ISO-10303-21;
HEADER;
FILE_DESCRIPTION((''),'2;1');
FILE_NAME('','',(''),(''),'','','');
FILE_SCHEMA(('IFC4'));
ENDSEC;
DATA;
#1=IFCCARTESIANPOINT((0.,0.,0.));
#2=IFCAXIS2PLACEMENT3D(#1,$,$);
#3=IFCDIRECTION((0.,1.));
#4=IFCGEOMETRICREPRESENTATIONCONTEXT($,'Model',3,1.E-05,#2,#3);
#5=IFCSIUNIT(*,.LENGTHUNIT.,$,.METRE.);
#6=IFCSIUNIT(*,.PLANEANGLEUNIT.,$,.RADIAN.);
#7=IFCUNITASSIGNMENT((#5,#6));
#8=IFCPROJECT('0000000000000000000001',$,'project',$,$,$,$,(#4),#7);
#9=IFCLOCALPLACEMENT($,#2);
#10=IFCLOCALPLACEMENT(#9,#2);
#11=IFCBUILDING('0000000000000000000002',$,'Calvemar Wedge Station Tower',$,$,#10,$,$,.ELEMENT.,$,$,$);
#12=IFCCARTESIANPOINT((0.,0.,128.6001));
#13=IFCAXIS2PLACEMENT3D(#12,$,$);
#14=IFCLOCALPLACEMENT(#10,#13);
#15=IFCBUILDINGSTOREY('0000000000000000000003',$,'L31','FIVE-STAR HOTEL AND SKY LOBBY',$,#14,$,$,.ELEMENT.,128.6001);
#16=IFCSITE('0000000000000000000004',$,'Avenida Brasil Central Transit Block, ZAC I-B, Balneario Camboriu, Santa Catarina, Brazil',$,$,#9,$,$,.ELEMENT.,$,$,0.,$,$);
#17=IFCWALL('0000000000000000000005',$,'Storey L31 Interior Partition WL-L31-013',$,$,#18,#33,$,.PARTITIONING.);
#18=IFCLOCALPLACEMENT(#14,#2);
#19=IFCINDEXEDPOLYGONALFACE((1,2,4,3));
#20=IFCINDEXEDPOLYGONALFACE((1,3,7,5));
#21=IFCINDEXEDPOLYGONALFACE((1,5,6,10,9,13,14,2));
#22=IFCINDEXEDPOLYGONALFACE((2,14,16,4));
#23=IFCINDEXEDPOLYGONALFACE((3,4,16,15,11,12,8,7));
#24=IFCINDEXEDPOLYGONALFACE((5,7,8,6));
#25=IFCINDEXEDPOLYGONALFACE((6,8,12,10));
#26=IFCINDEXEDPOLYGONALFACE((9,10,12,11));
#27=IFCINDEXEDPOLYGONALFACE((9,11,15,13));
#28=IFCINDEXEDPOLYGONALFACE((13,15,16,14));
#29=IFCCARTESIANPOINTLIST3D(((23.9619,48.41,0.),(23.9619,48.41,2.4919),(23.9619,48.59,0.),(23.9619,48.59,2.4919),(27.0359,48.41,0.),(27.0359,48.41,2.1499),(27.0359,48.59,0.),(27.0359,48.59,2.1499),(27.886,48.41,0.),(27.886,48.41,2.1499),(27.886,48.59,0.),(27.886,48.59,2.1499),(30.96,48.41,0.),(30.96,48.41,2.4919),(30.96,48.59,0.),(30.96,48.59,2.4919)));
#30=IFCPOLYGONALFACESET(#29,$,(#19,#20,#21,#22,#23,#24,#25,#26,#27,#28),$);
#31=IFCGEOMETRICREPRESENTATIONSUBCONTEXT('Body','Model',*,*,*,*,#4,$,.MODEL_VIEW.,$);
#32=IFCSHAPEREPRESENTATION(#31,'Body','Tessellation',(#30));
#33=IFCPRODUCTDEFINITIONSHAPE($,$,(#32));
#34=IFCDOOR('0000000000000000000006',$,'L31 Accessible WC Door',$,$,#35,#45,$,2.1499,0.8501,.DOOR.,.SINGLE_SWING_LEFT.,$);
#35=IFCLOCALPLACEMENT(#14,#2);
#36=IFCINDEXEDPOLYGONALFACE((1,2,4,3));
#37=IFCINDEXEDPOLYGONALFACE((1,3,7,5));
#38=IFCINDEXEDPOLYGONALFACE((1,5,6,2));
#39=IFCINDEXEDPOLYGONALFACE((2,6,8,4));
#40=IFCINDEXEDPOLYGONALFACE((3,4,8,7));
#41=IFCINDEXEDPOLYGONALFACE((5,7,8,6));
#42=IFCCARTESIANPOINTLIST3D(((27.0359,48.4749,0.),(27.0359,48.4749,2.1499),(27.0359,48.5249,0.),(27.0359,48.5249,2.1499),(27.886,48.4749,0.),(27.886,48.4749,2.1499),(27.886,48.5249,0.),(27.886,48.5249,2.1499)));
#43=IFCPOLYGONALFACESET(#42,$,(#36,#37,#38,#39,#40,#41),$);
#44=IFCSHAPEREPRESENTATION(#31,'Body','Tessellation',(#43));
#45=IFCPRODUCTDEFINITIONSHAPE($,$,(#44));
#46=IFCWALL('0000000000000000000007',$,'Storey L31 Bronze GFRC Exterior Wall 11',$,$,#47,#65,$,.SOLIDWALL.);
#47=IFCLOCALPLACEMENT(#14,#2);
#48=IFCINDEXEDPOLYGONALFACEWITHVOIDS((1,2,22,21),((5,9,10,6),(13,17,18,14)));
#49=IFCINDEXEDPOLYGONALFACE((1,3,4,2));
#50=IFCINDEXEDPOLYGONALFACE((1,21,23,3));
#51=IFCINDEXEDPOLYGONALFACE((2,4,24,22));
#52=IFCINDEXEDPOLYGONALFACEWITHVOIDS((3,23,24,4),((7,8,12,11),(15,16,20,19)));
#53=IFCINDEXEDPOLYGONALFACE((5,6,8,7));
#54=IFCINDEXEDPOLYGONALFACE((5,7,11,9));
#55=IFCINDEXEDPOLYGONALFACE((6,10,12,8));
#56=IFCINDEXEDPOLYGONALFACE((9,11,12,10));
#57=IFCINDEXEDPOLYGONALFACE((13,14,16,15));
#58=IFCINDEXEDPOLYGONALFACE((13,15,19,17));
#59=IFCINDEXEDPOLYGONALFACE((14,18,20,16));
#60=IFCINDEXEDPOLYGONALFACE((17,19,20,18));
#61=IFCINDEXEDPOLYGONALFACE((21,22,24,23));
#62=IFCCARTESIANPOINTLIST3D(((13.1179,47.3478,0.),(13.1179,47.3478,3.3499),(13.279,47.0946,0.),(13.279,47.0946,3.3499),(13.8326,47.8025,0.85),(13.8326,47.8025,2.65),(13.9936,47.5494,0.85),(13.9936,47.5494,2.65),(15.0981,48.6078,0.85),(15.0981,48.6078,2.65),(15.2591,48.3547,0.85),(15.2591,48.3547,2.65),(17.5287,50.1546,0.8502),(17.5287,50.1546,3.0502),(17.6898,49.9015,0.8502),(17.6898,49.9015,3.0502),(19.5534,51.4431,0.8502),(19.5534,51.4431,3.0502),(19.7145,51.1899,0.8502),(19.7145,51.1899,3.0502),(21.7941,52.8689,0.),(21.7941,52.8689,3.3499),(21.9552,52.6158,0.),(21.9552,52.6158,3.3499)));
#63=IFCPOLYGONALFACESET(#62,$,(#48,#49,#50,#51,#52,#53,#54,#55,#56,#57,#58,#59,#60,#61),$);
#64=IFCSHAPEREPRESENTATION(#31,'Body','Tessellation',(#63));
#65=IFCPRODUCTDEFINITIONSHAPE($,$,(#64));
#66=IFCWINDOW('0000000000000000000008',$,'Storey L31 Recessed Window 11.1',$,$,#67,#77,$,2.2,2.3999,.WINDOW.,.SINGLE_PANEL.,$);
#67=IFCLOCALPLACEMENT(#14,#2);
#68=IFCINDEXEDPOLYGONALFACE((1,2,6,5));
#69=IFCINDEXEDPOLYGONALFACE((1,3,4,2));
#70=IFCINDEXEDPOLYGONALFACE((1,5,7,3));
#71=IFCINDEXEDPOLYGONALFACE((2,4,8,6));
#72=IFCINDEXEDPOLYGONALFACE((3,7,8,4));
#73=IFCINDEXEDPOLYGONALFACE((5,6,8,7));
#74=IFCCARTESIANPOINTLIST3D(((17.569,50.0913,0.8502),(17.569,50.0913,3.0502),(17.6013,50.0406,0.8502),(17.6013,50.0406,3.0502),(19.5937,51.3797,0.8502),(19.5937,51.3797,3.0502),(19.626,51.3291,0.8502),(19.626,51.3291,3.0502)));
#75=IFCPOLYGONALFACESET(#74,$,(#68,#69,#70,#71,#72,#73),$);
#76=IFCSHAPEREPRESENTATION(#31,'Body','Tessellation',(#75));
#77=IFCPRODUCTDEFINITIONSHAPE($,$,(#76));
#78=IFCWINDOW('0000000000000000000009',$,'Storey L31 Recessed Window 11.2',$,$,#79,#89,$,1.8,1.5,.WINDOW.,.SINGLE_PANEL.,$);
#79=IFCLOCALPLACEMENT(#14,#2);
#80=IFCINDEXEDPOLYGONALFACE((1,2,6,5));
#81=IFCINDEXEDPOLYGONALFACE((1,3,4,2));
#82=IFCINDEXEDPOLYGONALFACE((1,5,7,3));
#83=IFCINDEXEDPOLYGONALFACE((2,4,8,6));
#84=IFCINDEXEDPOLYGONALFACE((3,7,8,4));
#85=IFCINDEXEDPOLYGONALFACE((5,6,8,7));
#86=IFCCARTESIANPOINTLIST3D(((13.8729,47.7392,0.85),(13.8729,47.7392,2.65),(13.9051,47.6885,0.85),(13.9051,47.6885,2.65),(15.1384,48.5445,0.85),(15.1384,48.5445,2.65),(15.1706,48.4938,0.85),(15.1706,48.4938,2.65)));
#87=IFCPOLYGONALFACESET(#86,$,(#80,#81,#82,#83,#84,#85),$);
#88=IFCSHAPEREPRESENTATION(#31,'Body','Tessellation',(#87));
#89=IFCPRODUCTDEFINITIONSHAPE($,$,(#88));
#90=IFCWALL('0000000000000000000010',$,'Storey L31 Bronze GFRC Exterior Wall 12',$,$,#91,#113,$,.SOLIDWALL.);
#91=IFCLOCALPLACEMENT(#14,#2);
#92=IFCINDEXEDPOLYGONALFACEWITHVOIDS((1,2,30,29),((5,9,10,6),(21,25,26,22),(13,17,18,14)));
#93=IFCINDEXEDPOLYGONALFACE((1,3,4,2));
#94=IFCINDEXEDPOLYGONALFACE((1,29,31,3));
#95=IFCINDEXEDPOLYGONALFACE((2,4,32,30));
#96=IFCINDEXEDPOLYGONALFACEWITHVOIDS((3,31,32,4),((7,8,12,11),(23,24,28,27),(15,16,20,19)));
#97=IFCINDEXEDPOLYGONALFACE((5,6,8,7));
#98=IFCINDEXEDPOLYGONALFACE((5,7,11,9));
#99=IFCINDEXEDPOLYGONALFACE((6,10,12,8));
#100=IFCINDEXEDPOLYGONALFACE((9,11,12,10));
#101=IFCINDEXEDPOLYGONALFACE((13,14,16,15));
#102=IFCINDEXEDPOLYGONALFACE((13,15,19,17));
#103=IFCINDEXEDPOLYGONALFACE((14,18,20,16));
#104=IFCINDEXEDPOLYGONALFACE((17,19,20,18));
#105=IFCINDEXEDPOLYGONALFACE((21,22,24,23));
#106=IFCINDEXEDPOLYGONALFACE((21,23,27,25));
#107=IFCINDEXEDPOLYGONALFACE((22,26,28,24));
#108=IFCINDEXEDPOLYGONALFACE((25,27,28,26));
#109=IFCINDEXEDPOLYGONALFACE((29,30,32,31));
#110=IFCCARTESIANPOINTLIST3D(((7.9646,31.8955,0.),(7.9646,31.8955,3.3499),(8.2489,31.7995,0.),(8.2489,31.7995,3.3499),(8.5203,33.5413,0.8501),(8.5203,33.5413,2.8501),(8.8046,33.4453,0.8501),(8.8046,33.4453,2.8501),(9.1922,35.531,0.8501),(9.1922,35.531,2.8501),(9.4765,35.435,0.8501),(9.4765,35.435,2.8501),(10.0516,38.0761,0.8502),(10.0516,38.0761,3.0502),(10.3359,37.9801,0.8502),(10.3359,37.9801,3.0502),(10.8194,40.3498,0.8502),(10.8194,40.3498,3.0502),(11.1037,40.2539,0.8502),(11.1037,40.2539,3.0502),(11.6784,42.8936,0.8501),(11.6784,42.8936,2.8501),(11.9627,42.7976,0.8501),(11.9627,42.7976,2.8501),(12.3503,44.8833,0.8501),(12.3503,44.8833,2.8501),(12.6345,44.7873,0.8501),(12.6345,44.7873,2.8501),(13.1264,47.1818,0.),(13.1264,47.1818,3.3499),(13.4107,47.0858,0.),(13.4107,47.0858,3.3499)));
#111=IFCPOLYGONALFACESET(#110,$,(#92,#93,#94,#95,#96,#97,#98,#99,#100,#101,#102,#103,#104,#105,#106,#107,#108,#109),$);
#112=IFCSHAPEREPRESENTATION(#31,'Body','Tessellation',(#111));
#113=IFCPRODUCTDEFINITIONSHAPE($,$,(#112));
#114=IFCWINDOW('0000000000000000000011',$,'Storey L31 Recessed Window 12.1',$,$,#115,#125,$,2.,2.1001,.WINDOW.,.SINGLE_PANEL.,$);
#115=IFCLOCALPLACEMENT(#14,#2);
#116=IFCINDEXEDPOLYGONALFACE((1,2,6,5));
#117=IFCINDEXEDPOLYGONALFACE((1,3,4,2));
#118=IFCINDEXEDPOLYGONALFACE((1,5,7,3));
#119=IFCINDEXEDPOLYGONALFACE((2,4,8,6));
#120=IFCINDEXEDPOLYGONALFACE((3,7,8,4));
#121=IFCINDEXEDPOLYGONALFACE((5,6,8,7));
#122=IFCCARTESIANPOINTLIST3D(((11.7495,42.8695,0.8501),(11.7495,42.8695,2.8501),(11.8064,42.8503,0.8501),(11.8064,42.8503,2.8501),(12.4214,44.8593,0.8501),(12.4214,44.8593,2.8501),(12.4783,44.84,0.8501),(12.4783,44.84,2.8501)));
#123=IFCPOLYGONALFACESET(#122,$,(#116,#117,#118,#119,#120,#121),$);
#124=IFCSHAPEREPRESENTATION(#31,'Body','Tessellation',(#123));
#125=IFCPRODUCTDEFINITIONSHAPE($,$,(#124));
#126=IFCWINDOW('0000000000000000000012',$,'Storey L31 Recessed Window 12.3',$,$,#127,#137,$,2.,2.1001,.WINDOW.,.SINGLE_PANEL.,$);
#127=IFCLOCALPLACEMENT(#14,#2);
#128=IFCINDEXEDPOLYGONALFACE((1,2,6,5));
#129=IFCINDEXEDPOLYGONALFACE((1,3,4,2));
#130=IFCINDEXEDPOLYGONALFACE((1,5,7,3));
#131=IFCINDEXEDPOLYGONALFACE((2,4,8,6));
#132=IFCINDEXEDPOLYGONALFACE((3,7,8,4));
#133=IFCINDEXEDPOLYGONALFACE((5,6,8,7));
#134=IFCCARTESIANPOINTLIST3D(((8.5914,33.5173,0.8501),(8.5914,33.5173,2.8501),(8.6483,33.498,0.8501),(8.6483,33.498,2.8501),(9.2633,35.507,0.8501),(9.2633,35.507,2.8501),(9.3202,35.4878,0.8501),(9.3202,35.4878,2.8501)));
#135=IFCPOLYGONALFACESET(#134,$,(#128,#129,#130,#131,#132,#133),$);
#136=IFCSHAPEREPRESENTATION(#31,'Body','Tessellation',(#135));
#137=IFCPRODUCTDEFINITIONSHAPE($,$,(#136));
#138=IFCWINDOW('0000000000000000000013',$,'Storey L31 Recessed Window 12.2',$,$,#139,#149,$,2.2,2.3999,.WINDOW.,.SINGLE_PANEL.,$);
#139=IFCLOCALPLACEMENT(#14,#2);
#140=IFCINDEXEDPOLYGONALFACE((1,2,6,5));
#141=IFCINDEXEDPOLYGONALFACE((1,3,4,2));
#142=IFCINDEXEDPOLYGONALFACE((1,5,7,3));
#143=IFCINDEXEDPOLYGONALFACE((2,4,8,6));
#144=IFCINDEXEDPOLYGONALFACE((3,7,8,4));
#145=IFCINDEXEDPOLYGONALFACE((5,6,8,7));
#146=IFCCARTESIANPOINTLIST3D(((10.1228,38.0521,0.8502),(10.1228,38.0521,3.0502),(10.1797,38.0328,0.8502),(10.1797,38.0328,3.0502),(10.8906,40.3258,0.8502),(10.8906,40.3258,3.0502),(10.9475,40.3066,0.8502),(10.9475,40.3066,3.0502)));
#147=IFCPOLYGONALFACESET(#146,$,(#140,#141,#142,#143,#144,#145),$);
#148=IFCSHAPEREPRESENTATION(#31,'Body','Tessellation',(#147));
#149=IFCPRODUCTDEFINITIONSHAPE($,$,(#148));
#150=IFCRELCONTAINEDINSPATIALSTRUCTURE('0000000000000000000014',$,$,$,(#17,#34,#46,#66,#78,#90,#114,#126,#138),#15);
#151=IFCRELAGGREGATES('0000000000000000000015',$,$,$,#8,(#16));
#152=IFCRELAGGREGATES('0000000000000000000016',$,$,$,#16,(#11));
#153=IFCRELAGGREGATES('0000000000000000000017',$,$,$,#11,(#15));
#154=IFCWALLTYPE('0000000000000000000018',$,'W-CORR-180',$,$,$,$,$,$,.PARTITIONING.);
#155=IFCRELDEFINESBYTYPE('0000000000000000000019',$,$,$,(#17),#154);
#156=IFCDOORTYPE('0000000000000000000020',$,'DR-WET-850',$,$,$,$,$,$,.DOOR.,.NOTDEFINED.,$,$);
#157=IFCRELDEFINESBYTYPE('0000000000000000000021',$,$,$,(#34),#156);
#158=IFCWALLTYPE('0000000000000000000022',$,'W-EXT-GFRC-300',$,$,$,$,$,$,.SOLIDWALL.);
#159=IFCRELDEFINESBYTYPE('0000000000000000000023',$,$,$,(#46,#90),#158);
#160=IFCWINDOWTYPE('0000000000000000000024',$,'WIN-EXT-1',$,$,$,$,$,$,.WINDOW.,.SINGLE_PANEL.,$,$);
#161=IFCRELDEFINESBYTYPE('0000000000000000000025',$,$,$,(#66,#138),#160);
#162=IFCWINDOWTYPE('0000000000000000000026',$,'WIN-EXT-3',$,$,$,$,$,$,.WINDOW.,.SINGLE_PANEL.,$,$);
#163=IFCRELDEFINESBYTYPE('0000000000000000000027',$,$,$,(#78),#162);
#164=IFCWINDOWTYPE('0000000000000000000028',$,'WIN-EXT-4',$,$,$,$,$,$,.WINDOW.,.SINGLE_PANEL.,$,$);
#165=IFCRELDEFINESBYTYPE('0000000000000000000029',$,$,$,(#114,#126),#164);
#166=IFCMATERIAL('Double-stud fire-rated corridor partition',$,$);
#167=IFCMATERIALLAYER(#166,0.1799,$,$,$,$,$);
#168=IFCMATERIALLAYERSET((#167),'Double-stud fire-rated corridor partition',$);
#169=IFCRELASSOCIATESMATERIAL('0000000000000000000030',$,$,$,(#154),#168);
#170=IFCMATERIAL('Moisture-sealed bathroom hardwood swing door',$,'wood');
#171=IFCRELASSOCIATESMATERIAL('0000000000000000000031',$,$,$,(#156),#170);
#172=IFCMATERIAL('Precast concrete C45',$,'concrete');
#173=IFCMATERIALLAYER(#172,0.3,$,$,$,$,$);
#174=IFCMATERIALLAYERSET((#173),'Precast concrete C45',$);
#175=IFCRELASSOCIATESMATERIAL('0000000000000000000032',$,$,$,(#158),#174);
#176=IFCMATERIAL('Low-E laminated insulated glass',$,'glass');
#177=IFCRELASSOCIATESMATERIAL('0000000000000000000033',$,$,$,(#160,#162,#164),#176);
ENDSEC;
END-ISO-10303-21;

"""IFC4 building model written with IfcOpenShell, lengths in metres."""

from ifc_helpers import new_model, si_unit, direction, frame, frame_2d, origin, place, context, subcontext, project, spatial, rectangle, extrude, source, transform, mapped, material, layer, layer_set, type_object, element, fill, save


model = new_model("IFC4")

# Units and contexts
model_context = context("Model", 3, precision=1e-05, world=origin(), true_north=direction((0.0, 1.0)))
body_context = subcontext(model_context, "Body", "Model", "MODEL_VIEW")
ifc_project = project(units=[si_unit("LENGTHUNIT", "METRE"), si_unit("PLANEANGLEUNIT", "RADIAN")], contexts=[model_context])

# Site, building, storey
site_placement = place(None, origin())
site = spatial("IfcSite", under=ifc_project, at=site_placement, Name="Avenida Brasil Central Transit Block, ZAC I-B, Balneario Camboriu, Santa Catarina, Brazil", CompositionType="ELEMENT", RefElevation=0.0)
building_placement = place(site_placement, origin())
building = spatial("IfcBuilding", under=site, at=building_placement, Name="Calvemar Wedge Station Tower", CompositionType="ELEMENT")
storey_placement = place(building_placement, frame((0.0, 0.0, 128.6001)))
storey = spatial("IfcBuildingStorey", under=building, at=storey_placement, Name="L31", Description="FIVE-STAR HOTEL AND SKY LOBBY", CompositionType="ELEMENT", Elevation=128.6001)

# Shared definitions
ifc_material_1 = material(Name="Double-stud fire-rated corridor partition")
ifc_layer_1 = layer(ifc_material_1, 0.1799)
ifc_layer_set_1 = layer_set([ifc_layer_1], Name="Double-stud fire-rated corridor partition")
wall_type_1 = type_object("IfcWallType", Name="W-CORR-180", PredefinedType="PARTITIONING", material=ifc_layer_set_1)

# Wall, opening, door
wall_1_placement = place(storey_placement, frame((23.9619, 48.5, 0.0), z_axis=(0.0, 0.0, 1.0), x_axis=(1.0, 0.0, 0.0)))
wall_1 = element("IfcWall", 1, at=wall_1_placement, inside=storey, type_object=wall_type_1, Name="Storey L31 Interior Partition WL-L31-013", PredefinedType="PARTITIONING", context=body_context, shape_type="SweptSolid", body=[
    extrude(rectangle(XDim=6.998, YDim=0.1799, at=frame_2d((3.499, 0.0))), origin(), (0.0, 0.0, 1.0), 2.4919),
])
shared_shape_1 = source(origin(), body_context, "Body", "SweptSolid", [
    extrude(rectangle(XDim=0.8501, YDim=2.1499, at=frame_2d((0.425, 1.075))), frame((0.0, 0.1001, 0.0), z_axis=(0.0, -1.0, 0.0), x_axis=(1.0, 0.0, 0.0)), (0.0, 0.0, 1.0), 0.2),
])
opening_1_placement = place(wall_1_placement, frame((3.074, 0.0, 0.0)))
opening_1 = element("IfcOpeningElement", 2, at=opening_1_placement, cuts=wall_1, PredefinedType="OPENING", context=body_context, shape_type="MappedRepresentation", body=[
    mapped(shared_shape_1, transform((0.0, 0.0, 0.0), scale=1.0)),
])
ifc_material_2 = material(Name="Moisture-sealed bathroom hardwood swing door", Category="wood")
door_type_1 = type_object("IfcDoorType", Name="DR-WET-850", OperationType="NOTDEFINED", PredefinedType="DOOR", material=ifc_material_2)
shared_shape_2 = source(origin(), body_context, "Body", "SweptSolid", [
    extrude(rectangle(XDim=0.8501, YDim=2.1499, at=frame_2d((0.425, 1.075))), frame((0.0, 0.0249, 0.0), z_axis=(0.0, -1.0, 0.0), x_axis=(1.0, 0.0, 0.0)), (0.0, 0.0, 1.0), 0.05),
])
door_1_placement = place(opening_1_placement, origin())
door_1 = element("IfcDoor", 3, at=door_1_placement, inside=storey, type_object=door_type_1, Name="L31 Accessible WC Door", OperationType="SINGLE_SWING_LEFT", OverallHeight=2.1499, OverallWidth=0.8501, PredefinedType="DOOR", context=body_context, shape_type="MappedRepresentation", body=[
    mapped(shared_shape_2, transform((0.0, 0.0, 0.0), scale=1.0)),
])
fill(opening_1, door_1)

# Walls, openings, windows
ifc_material_3 = material(Name="Precast concrete C45", Category="concrete")
ifc_layer_2 = layer(ifc_material_3, 0.3)
ifc_layer_set_2 = layer_set([ifc_layer_2], Name="Precast concrete C45")
wall_type_2 = type_object("IfcWallType", Name="W-EXT-GFRC-300", PredefinedType="SOLIDWALL", material=ifc_layer_set_2)
wall_2_placement = place(storey_placement, frame((21.8748, 52.7424, 0.0), z_axis=(0.0, 0.0, 1.0), x_axis=(-0.843662, -0.536874, 0.0)))
wall_2 = element("IfcWall", 4, at=wall_2_placement, inside=storey, type_object=wall_type_2, Name="Storey L31 Bronze GFRC Exterior Wall 11", PredefinedType="SOLIDWALL", context=body_context, shape_type="SweptSolid", body=[
    extrude(rectangle(XDim=10.2839, YDim=0.3, at=frame_2d((5.1421, 0.0))), origin(), (0.0, 0.0, 1.0), 3.3499),
])
shared_shape_3 = source(origin(), body_context, "Body", "SweptSolid", [
    extrude(rectangle(XDim=2.3999, YDim=2.2, at=frame_2d((1.2, 1.1001))), frame((0.0, 0.1602, 0.0), z_axis=(0.0, -1.0, 0.0), x_axis=(1.0, 0.0, 0.0)), (0.0, 0.0, 1.0), 0.3201),
])
opening_2_placement = place(wall_2_placement, frame((2.656, 0.0, 0.8501)))
opening_2 = element("IfcOpeningElement", 5, at=opening_2_placement, cuts=wall_2, PredefinedType="OPENING", context=body_context, shape_type="MappedRepresentation", body=[
    mapped(shared_shape_3, transform((0.0, 0.0, 0.0), scale=1.0)),
])
shared_shape_4 = source(origin(), body_context, "Body", "SweptSolid", [
    extrude(rectangle(XDim=1.5, YDim=1.8, at=frame_2d((0.75, 0.8999))), frame((0.0, 0.1602, 0.0), z_axis=(0.0, -1.0, 0.0), x_axis=(1.0, 0.0, 0.0)), (0.0, 0.0, 1.0), 0.3201),
])
opening_3_placement = place(wall_2_placement, frame((7.937, 0.0, 0.8501)))
opening_3 = element("IfcOpeningElement", 6, at=opening_3_placement, cuts=wall_2, PredefinedType="OPENING", context=body_context, shape_type="MappedRepresentation", body=[
    mapped(shared_shape_4, transform((0.0, 0.0, 0.0), scale=1.0)),
])
ifc_material_4 = material(Name="Low-E laminated insulated glass", Category="glass")
window_type_1 = type_object("IfcWindowType", Name="WIN-EXT-1", PartitioningType="SINGLE_PANEL", PredefinedType="WINDOW", material=ifc_material_4)
shared_shape_5 = source(origin(), body_context, "Body", "SweptSolid", [
    extrude(rectangle(XDim=2.3999, YDim=2.2, at=frame_2d((1.2, 1.1001))), frame((0.0, -0.0149, 0.0), z_axis=(0.0, -1.0, 0.0), x_axis=(1.0, 0.0, 0.0)), (0.0, 0.0, 1.0), 0.0601),
])
window_1_placement = place(opening_2_placement, origin())
window_1 = element("IfcWindow", 7, at=window_1_placement, inside=storey, type_object=window_type_1, Name="Storey L31 Recessed Window 11.1", OverallHeight=2.2, OverallWidth=2.3999, PartitioningType="SINGLE_PANEL", PredefinedType="WINDOW", context=body_context, shape_type="MappedRepresentation", body=[
    mapped(shared_shape_5, transform((0.0, 0.0, 0.0), scale=1.0)),
])
fill(opening_2, window_1)
window_type_2 = type_object("IfcWindowType", Name="WIN-EXT-3", PartitioningType="SINGLE_PANEL", PredefinedType="WINDOW", material=ifc_material_4)
shared_shape_6 = source(origin(), body_context, "Body", "SweptSolid", [
    extrude(rectangle(XDim=1.5, YDim=1.8, at=frame_2d((0.75, 0.8999))), frame((0.0, -0.0149, 0.0), z_axis=(0.0, -1.0, 0.0), x_axis=(1.0, 0.0, 0.0)), (0.0, 0.0, 1.0), 0.0601),
])
window_2_placement = place(opening_3_placement, origin())
window_2 = element("IfcWindow", 8, at=window_2_placement, inside=storey, type_object=window_type_2, Name="Storey L31 Recessed Window 11.2", OverallHeight=1.8, OverallWidth=1.5, PartitioningType="SINGLE_PANEL", PredefinedType="WINDOW", context=body_context, shape_type="MappedRepresentation", body=[
    mapped(shared_shape_6, transform((0.0, 0.0, 0.0), scale=1.0)),
])
fill(opening_3, window_2)
wall_3_placement = place(storey_placement, frame((13.2686, 47.1338, 0.0), z_axis=(0.0, 0.0, 1.0), x_axis=(-0.31993, -0.947441, 0.0)))
wall_3 = element("IfcWall", 9, at=wall_3_placement, inside=storey, type_object=wall_type_2, Name="Storey L31 Bronze GFRC Exterior Wall 12", PredefinedType="SOLIDWALL", context=body_context, shape_type="SweptSolid", body=[
    extrude(rectangle(XDim=16.1343, YDim=0.3, at=frame_2d((8.0671, 0.0))), origin(), (0.0, 0.0, 1.0), 3.3499),
])
shared_shape_7 = source(origin(), body_context, "Body", "SweptSolid", [
    extrude(rectangle(XDim=2.1001, YDim=2.0, at=frame_2d((1.05, 1.0))), frame((0.0, 0.1602, 0.0), z_axis=(0.0, -1.0, 0.0), x_axis=(1.0, 0.0, 0.0)), (0.0, 0.0, 1.0), 0.3201),
])
opening_4_placement = place(wall_3_placement, frame((2.426, 0.0, 0.8501)))
opening_4 = element("IfcOpeningElement", 10, at=opening_4_placement, cuts=wall_3, PredefinedType="OPENING", context=body_context, shape_type="MappedRepresentation", body=[
    mapped(shared_shape_7, transform((0.0, 0.0, 0.0), scale=1.0)),
])
opening_5_placement = place(wall_3_placement, frame((7.2109, 0.0, 0.8501)))
opening_5 = element("IfcOpeningElement", 11, at=opening_5_placement, cuts=wall_3, PredefinedType="OPENING", context=body_context, shape_type="MappedRepresentation", body=[
    mapped(shared_shape_3, transform((0.0, 0.0, 0.0), scale=1.0)),
])
opening_6_placement = place(wall_3_placement, frame((12.2971, 0.0, 0.8501)))
opening_6 = element("IfcOpeningElement", 12, at=opening_6_placement, cuts=wall_3, PredefinedType="OPENING", context=body_context, shape_type="MappedRepresentation", body=[
    mapped(shared_shape_7, transform((0.0, 0.0, 0.0), scale=1.0)),
])
window_type_3 = type_object("IfcWindowType", Name="WIN-EXT-4", PartitioningType="SINGLE_PANEL", PredefinedType="WINDOW", material=ifc_material_4)
shared_shape_8 = source(origin(), body_context, "Body", "SweptSolid", [
    extrude(rectangle(XDim=2.1001, YDim=2.0, at=frame_2d((1.05, 1.0))), frame((0.0, -0.0149, 0.0), z_axis=(0.0, -1.0, 0.0), x_axis=(1.0, 0.0, 0.0)), (0.0, 0.0, 1.0), 0.0601),
])
window_3_placement = place(opening_4_placement, origin())
window_3 = element("IfcWindow", 13, at=window_3_placement, inside=storey, type_object=window_type_3, Name="Storey L31 Recessed Window 12.1", OverallHeight=2.0, OverallWidth=2.1001, PartitioningType="SINGLE_PANEL", PredefinedType="WINDOW", context=body_context, shape_type="MappedRepresentation", body=[
    mapped(shared_shape_8, transform((0.0, 0.0, 0.0), scale=1.0)),
])
fill(opening_4, window_3)
window_4_placement = place(opening_6_placement, origin())
window_4 = element("IfcWindow", 14, at=window_4_placement, inside=storey, type_object=window_type_3, Name="Storey L31 Recessed Window 12.3", OverallHeight=2.0, OverallWidth=2.1001, PartitioningType="SINGLE_PANEL", PredefinedType="WINDOW", context=body_context, shape_type="MappedRepresentation", body=[
    mapped(shared_shape_8, transform((0.0, 0.0, 0.0), scale=1.0)),
])
fill(opening_6, window_4)
window_5_placement = place(opening_5_placement, origin())
window_5 = element("IfcWindow", 15, at=window_5_placement, inside=storey, type_object=window_type_1, Name="Storey L31 Recessed Window 12.2", OverallHeight=2.2, OverallWidth=2.3999, PartitioningType="SINGLE_PANEL", PredefinedType="WINDOW", context=body_context, shape_type="MappedRepresentation", body=[
    mapped(shared_shape_5, transform((0.0, 0.0, 0.0), scale=1.0)),
])
fill(opening_5, window_5)

save(model, "model.ifc")
